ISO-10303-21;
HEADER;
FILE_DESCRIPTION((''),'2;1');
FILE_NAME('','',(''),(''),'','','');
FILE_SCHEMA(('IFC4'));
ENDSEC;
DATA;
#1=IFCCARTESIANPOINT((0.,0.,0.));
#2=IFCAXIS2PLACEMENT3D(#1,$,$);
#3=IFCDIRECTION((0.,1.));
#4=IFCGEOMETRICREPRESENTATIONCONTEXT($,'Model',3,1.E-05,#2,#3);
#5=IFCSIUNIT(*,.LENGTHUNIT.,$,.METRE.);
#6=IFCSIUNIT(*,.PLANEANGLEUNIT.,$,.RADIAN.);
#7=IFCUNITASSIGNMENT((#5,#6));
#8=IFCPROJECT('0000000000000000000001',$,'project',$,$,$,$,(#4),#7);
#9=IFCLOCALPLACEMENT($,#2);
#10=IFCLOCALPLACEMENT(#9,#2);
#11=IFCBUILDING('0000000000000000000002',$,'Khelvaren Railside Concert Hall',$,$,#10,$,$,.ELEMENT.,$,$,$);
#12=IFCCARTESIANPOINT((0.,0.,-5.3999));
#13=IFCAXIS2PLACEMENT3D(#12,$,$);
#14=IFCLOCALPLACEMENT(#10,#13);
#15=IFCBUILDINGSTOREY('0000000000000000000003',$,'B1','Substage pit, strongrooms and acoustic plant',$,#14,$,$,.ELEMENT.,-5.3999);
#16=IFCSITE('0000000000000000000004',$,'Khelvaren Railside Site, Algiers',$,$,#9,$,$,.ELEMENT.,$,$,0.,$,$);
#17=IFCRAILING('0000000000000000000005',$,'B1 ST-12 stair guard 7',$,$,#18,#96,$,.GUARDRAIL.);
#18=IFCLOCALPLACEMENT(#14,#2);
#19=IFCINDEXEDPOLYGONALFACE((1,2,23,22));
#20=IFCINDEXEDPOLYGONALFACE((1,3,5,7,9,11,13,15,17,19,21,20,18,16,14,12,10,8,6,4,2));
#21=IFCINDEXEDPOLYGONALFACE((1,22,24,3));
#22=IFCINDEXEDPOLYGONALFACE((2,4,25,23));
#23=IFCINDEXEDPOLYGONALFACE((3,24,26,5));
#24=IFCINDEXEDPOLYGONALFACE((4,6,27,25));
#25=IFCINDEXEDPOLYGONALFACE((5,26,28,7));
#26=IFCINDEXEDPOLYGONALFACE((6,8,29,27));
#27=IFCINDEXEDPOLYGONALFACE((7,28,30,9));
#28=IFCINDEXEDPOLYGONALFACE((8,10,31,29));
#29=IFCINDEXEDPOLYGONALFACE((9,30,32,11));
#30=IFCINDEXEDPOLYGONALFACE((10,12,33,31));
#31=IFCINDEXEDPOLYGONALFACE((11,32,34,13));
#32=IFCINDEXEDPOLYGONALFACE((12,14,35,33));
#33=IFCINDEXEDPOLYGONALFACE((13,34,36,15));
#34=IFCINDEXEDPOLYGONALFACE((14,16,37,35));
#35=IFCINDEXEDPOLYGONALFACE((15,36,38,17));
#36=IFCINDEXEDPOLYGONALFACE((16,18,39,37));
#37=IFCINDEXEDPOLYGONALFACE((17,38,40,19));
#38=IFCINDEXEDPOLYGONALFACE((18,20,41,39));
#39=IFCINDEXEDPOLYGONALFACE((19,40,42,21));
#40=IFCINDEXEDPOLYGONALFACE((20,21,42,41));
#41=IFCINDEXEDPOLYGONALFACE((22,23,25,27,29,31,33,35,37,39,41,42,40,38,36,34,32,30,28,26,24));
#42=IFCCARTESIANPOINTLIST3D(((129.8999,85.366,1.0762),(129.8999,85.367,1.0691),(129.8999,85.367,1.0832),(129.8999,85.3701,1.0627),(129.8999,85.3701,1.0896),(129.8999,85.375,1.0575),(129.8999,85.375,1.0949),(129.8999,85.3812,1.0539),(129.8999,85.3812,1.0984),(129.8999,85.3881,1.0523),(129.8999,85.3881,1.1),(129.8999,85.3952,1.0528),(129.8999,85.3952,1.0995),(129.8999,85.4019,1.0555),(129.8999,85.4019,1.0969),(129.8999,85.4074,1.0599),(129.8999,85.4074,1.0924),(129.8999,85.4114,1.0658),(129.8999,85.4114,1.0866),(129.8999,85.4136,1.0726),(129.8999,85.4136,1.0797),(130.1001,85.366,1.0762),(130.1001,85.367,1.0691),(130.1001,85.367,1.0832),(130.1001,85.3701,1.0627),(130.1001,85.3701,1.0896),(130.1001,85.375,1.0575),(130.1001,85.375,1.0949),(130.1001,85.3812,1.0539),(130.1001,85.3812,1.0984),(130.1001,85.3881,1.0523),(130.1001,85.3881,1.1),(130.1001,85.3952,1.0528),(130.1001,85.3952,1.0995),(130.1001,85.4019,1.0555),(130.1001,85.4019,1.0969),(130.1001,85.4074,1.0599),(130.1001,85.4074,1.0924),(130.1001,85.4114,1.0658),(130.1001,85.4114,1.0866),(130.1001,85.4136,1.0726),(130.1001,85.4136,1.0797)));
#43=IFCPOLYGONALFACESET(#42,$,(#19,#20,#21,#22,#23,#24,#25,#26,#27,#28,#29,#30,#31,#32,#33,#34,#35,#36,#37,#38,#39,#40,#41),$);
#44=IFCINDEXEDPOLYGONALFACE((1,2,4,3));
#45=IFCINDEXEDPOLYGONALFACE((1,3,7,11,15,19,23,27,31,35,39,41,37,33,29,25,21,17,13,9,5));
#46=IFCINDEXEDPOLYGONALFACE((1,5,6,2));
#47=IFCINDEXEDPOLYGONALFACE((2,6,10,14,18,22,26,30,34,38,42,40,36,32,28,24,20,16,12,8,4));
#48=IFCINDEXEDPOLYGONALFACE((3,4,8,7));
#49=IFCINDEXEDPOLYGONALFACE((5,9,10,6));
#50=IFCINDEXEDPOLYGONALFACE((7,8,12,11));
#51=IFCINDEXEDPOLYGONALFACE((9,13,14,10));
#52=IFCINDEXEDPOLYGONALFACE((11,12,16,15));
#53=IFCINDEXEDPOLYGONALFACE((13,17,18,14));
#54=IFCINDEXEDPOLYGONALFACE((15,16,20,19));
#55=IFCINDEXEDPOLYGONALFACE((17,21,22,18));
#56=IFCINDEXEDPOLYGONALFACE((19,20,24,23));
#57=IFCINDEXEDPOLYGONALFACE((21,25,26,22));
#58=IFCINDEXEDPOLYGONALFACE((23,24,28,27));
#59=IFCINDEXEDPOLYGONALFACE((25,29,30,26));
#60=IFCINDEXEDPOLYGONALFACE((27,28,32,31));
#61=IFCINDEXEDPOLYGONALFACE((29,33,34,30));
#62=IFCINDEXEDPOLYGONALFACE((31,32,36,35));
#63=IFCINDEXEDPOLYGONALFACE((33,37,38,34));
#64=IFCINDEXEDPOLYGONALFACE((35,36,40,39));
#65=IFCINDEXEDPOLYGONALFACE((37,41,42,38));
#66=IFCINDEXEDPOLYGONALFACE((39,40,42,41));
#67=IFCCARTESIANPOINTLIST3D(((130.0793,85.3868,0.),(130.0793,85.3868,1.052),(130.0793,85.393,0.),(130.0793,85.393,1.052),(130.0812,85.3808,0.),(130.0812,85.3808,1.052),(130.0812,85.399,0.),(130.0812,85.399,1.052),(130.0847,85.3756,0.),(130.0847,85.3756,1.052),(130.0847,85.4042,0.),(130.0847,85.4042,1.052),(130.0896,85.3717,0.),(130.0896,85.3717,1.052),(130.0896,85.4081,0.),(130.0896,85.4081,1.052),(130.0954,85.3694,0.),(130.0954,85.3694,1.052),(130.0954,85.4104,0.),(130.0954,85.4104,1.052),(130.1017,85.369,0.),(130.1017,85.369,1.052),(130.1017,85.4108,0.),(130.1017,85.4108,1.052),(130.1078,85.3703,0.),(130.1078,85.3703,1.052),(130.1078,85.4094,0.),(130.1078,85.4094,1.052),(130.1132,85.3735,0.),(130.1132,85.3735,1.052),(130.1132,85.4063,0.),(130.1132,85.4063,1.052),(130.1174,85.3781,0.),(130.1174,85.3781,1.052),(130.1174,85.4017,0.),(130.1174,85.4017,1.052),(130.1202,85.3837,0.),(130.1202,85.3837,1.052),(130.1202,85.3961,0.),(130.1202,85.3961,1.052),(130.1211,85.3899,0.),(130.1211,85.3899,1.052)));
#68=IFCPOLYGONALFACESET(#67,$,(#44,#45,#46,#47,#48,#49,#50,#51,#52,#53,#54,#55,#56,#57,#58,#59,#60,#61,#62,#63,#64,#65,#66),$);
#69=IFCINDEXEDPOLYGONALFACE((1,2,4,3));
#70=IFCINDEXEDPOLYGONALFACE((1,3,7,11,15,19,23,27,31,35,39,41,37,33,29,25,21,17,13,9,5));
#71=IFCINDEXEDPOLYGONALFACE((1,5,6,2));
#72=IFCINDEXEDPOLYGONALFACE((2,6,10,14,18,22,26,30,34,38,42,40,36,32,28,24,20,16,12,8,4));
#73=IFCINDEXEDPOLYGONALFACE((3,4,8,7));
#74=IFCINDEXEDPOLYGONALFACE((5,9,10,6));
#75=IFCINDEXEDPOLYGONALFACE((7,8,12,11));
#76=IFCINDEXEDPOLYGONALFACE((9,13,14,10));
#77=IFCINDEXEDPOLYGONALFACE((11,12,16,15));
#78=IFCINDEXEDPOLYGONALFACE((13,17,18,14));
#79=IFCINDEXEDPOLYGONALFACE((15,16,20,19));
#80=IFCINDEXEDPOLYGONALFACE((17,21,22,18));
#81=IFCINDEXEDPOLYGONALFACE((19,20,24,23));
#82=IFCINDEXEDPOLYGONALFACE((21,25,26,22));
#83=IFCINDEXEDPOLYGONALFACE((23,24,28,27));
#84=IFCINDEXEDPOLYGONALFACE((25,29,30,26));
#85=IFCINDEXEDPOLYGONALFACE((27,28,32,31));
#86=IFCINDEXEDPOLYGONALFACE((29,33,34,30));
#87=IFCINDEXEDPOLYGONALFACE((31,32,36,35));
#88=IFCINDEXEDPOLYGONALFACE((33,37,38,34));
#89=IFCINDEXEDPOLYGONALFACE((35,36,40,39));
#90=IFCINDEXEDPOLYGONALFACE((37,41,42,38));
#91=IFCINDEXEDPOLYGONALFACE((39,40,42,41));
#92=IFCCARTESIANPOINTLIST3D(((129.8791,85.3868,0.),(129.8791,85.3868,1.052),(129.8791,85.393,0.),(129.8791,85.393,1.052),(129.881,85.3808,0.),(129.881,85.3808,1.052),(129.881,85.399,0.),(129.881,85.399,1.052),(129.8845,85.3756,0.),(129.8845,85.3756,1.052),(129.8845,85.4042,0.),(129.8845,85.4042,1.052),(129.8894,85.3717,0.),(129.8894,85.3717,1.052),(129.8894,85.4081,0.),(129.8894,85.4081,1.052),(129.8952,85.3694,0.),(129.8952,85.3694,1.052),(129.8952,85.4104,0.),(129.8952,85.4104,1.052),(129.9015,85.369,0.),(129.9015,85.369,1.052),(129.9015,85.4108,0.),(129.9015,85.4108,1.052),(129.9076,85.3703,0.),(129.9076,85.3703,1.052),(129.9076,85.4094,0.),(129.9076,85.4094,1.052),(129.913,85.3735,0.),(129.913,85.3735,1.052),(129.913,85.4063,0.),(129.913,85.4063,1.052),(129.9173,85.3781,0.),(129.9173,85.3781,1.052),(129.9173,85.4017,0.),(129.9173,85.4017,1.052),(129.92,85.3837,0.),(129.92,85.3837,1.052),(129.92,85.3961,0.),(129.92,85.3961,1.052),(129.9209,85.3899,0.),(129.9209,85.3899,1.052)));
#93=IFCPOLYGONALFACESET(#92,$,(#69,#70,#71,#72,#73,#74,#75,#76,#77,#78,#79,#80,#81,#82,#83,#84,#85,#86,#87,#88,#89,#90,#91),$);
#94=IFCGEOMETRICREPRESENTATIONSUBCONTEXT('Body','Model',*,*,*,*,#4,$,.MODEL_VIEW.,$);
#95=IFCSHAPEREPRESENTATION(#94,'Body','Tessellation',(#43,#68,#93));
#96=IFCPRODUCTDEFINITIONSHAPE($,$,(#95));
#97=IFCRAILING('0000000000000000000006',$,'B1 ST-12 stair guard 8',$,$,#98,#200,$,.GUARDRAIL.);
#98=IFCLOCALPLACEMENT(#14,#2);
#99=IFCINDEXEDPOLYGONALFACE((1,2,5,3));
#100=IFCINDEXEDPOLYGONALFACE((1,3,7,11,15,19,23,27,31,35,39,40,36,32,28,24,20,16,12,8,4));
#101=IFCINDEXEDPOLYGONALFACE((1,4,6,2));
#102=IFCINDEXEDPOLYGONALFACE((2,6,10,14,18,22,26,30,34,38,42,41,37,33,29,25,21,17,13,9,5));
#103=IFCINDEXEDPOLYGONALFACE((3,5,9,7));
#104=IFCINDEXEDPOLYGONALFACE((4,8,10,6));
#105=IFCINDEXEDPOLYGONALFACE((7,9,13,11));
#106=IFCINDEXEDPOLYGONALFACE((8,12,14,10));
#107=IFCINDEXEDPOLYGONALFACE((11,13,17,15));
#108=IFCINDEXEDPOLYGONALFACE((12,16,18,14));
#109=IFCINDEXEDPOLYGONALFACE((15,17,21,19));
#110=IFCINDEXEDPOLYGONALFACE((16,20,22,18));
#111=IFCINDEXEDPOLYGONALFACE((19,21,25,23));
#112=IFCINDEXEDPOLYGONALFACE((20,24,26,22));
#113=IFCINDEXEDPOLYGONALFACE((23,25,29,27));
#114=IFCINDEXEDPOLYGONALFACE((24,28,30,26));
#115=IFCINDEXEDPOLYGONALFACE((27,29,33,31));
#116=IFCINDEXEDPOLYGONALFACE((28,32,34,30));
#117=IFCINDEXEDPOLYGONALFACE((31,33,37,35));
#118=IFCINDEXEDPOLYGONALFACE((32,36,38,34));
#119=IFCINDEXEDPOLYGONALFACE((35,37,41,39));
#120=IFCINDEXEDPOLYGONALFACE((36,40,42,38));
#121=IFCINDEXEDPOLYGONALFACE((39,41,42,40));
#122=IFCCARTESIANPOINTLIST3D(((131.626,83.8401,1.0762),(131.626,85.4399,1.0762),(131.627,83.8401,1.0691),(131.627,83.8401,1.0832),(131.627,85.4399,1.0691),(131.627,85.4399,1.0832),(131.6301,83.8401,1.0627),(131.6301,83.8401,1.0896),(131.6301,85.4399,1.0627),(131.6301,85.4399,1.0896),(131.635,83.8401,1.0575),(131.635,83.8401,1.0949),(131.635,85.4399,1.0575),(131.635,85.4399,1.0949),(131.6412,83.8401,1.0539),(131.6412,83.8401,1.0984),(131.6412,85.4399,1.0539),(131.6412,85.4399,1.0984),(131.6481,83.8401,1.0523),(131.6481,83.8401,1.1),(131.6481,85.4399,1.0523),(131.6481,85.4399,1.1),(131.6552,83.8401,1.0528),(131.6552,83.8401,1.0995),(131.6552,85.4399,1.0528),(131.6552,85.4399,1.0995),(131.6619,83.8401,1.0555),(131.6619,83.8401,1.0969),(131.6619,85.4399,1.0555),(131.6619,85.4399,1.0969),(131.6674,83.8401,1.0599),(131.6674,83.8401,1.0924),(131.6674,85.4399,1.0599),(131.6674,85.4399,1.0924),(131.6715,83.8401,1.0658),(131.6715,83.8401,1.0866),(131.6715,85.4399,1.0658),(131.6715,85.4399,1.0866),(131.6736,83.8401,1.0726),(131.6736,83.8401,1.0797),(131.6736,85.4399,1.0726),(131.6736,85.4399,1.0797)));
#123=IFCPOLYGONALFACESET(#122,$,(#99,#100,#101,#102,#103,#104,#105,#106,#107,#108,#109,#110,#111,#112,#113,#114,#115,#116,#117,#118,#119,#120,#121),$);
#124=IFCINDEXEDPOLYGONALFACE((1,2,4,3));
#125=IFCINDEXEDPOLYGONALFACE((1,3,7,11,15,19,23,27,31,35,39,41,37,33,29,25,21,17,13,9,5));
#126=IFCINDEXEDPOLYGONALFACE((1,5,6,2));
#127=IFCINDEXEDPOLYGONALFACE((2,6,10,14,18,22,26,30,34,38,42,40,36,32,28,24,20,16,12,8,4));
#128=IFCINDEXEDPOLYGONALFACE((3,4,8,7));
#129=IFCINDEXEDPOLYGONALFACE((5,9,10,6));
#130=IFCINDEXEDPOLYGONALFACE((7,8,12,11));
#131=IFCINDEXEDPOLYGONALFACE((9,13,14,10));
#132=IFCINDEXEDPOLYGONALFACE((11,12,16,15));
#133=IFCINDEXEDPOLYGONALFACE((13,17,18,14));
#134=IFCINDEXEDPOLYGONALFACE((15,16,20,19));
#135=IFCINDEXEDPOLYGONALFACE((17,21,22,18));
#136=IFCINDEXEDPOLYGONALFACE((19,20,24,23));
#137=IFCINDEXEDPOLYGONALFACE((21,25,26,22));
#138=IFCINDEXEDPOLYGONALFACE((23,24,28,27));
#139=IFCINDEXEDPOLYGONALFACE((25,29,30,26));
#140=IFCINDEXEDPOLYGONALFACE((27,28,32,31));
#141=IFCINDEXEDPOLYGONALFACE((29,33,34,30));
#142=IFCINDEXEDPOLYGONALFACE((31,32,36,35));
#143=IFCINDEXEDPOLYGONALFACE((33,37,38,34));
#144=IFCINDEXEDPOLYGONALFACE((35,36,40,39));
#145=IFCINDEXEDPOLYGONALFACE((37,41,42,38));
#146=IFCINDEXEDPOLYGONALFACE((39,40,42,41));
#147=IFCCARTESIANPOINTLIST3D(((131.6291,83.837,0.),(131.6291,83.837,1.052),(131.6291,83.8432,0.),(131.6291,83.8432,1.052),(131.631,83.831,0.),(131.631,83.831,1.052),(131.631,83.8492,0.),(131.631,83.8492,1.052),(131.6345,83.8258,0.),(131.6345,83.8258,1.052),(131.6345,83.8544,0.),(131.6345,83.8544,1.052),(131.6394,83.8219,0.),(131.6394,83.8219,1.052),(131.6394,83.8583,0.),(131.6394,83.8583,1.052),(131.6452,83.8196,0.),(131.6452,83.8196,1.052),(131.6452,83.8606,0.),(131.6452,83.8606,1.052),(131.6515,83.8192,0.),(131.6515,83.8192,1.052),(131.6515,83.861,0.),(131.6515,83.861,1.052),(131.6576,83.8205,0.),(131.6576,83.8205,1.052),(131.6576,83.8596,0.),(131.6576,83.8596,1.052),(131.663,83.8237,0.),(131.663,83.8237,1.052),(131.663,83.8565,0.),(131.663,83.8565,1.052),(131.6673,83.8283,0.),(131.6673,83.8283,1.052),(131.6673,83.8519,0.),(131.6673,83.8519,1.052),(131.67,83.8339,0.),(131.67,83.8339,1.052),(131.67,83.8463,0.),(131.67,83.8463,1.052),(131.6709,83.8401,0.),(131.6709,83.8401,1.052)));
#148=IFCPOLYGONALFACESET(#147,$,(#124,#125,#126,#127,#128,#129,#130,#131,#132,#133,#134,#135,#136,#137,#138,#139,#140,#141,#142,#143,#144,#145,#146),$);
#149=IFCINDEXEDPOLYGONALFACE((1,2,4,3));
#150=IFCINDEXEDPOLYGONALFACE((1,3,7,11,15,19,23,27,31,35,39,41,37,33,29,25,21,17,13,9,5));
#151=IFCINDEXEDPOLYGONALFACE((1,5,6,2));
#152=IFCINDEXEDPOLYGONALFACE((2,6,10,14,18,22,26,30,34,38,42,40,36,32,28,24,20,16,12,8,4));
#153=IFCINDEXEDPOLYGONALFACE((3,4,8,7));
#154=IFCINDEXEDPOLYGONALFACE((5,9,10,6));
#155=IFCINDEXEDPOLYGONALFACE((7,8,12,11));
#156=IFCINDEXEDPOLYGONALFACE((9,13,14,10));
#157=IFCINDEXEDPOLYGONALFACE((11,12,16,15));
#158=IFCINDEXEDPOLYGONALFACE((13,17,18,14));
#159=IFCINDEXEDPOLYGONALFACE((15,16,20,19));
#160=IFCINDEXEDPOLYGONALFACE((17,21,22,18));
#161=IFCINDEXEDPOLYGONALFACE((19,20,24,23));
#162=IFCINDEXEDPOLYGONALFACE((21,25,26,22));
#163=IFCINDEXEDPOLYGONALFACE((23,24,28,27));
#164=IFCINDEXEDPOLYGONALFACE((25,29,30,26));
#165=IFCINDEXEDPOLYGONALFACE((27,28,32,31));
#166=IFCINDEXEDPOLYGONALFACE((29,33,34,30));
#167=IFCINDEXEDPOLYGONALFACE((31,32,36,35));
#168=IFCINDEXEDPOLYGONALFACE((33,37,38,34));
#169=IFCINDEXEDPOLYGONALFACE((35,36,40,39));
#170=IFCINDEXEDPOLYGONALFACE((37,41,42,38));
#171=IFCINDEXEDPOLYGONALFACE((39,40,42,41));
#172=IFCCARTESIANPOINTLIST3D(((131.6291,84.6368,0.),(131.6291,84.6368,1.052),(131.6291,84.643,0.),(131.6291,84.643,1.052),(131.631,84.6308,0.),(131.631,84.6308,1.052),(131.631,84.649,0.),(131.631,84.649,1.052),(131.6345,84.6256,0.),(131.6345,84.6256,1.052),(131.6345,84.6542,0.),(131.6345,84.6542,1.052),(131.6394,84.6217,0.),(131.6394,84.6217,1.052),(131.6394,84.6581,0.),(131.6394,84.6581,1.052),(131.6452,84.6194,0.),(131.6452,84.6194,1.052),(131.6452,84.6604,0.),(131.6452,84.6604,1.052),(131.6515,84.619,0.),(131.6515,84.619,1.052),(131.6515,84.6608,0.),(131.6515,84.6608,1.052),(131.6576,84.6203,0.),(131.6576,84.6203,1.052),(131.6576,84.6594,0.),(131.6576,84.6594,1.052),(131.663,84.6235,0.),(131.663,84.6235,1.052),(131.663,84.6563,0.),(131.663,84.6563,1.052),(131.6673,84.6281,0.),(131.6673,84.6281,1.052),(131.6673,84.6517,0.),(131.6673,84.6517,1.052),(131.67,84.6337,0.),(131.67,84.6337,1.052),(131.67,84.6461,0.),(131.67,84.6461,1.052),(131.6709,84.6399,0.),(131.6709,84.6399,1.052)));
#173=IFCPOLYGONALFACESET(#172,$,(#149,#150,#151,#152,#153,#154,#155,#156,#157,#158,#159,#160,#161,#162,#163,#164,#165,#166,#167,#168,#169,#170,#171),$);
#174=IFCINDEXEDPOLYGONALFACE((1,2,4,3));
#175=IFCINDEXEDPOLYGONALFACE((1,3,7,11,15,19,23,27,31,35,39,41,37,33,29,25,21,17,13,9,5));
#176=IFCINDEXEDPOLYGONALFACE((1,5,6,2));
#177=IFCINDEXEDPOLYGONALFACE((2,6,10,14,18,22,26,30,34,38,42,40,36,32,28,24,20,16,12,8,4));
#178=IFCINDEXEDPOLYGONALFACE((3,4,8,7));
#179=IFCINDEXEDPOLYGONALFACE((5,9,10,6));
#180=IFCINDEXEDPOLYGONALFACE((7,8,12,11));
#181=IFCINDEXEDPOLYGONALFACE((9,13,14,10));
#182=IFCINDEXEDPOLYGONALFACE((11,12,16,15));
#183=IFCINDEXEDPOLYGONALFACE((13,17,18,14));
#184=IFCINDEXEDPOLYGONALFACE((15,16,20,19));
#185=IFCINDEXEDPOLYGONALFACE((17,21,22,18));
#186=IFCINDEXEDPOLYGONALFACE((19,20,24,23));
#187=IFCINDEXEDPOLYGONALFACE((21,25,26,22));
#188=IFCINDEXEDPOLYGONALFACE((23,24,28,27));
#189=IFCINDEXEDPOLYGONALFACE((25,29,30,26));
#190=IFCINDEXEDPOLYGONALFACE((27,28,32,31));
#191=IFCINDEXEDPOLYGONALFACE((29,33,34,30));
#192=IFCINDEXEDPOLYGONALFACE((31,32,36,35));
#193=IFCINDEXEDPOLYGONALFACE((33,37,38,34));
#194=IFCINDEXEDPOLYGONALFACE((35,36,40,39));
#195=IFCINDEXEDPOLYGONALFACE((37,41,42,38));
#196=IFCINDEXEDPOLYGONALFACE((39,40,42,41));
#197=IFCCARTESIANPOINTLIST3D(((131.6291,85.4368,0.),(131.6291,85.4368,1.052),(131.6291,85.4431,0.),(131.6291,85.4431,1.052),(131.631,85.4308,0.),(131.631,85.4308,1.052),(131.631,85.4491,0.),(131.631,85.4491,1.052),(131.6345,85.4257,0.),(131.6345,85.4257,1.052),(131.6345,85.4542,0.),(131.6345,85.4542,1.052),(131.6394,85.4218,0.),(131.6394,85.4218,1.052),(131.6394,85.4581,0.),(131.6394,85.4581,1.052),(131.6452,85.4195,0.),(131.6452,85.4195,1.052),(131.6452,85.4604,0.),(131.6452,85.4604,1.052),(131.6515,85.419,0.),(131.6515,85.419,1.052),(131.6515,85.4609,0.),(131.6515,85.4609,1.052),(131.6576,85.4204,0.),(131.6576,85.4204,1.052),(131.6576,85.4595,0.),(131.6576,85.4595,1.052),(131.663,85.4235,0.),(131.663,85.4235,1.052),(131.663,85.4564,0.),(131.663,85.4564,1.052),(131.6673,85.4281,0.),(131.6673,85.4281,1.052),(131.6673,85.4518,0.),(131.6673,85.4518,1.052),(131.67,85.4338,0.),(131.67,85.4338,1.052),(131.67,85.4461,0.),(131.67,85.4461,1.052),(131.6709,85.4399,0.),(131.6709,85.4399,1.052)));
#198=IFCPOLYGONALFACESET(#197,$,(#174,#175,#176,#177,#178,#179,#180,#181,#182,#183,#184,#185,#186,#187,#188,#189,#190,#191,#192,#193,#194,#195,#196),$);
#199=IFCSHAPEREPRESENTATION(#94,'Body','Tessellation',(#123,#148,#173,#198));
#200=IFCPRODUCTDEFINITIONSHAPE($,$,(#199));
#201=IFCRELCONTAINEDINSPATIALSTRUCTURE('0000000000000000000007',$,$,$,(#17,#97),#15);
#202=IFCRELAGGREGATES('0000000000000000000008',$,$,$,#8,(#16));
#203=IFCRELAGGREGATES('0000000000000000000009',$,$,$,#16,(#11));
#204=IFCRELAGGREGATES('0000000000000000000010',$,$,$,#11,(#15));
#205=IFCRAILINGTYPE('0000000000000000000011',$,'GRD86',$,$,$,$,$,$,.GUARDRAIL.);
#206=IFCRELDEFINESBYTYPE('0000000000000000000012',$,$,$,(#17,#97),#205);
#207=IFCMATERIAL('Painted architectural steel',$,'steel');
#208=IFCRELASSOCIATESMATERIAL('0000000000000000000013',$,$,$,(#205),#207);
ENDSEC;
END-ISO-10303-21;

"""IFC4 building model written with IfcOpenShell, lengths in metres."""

from ifc_helpers import new_model, si_unit, direction, frame, origin, origin_2d, place, context, subcontext, project, spatial, circle, extrude, material, type_object, element, save


model = new_model("IFC4")

# Units and contexts
model_context = context("Model", 3, precision=1e-05, world=origin(), true_north=direction((0.0, 1.0)))
body_context = subcontext(model_context, "Body", "Model", "MODEL_VIEW")
ifc_project = project(units=[si_unit("LENGTHUNIT", "METRE"), si_unit("PLANEANGLEUNIT", "RADIAN")], contexts=[model_context])

# Site, building, storey
site_placement = place(None, origin())
site = spatial("IfcSite", under=ifc_project, at=site_placement, Name="Khelvaren Railside Site, Algiers", CompositionType="ELEMENT", RefElevation=0.0)
building_placement = place(site_placement, origin())
building = spatial("IfcBuilding", under=site, at=building_placement, Name="Khelvaren Railside Concert Hall", CompositionType="ELEMENT")
storey_placement = place(building_placement, frame((0.0, 0.0, -5.3999)))
storey = spatial("IfcBuildingStorey", under=building, at=storey_placement, Name="B1", Description="Substage pit, strongrooms and acoustic plant", CompositionType="ELEMENT", Elevation=-5.3999)

# Railings
ifc_material_1 = material(Name="Painted architectural steel", Category="steel")
railing_type_1 = type_object("IfcRailingType", Name="GRD86", PredefinedType="GUARDRAIL", material=ifc_material_1)
railing_1_placement = place(storey_placement, frame((130.1001, 85.3899, 0.0)))
element("IfcRailing", 1, at=railing_1_placement, inside=storey, type_object=railing_type_1, Name="B1 ST-12 stair guard 7", PredefinedType="GUARDRAIL", context=body_context, shape_type="SweptSolid", body=[
    extrude(circle(Radius=0.0239, at=origin_2d()), frame((0.0, 0.0, 1.0762), z_axis=(-1.0, 0.0, 0.0), x_axis=(0.0, -1.0, 0.0)), (0.0, 0.0, 1.0), 0.2002),
    extrude(circle(Radius=0.021, at=origin_2d()), origin(), (0.0, 0.0, 1.0), 1.052),
    extrude(circle(Radius=0.021, at=origin_2d()), frame((-0.2002, 0.0, 0.0)), (0.0, 0.0, 1.0), 1.052),
])
railing_2_placement = place(storey_placement, frame((131.6499, 83.8401, 0.0)))
element("IfcRailing", 2, at=railing_2_placement, inside=storey, type_object=railing_type_1, Name="B1 ST-12 stair guard 8", PredefinedType="GUARDRAIL", context=body_context, shape_type="SweptSolid", body=[
    extrude(circle(Radius=0.0239, at=origin_2d()), frame((0.0, 0.0, 1.0762), z_axis=(0.0, 1.0, 0.0), x_axis=(-1.0, 0.0, 0.0)), (0.0, 0.0, 1.0), 1.5999),
    extrude(circle(Radius=0.021, at=origin_2d()), origin(), (0.0, 0.0, 1.0), 1.052),
    extrude(circle(Radius=0.021, at=origin_2d()), frame((0.0, 0.7998, 0.0)), (0.0, 0.0, 1.0), 1.052),
    extrude(circle(Radius=0.021, at=origin_2d()), frame((0.0, 1.5999, 0.0)), (0.0, 0.0, 1.0), 1.052),
])

save(model, "model.ifc")
